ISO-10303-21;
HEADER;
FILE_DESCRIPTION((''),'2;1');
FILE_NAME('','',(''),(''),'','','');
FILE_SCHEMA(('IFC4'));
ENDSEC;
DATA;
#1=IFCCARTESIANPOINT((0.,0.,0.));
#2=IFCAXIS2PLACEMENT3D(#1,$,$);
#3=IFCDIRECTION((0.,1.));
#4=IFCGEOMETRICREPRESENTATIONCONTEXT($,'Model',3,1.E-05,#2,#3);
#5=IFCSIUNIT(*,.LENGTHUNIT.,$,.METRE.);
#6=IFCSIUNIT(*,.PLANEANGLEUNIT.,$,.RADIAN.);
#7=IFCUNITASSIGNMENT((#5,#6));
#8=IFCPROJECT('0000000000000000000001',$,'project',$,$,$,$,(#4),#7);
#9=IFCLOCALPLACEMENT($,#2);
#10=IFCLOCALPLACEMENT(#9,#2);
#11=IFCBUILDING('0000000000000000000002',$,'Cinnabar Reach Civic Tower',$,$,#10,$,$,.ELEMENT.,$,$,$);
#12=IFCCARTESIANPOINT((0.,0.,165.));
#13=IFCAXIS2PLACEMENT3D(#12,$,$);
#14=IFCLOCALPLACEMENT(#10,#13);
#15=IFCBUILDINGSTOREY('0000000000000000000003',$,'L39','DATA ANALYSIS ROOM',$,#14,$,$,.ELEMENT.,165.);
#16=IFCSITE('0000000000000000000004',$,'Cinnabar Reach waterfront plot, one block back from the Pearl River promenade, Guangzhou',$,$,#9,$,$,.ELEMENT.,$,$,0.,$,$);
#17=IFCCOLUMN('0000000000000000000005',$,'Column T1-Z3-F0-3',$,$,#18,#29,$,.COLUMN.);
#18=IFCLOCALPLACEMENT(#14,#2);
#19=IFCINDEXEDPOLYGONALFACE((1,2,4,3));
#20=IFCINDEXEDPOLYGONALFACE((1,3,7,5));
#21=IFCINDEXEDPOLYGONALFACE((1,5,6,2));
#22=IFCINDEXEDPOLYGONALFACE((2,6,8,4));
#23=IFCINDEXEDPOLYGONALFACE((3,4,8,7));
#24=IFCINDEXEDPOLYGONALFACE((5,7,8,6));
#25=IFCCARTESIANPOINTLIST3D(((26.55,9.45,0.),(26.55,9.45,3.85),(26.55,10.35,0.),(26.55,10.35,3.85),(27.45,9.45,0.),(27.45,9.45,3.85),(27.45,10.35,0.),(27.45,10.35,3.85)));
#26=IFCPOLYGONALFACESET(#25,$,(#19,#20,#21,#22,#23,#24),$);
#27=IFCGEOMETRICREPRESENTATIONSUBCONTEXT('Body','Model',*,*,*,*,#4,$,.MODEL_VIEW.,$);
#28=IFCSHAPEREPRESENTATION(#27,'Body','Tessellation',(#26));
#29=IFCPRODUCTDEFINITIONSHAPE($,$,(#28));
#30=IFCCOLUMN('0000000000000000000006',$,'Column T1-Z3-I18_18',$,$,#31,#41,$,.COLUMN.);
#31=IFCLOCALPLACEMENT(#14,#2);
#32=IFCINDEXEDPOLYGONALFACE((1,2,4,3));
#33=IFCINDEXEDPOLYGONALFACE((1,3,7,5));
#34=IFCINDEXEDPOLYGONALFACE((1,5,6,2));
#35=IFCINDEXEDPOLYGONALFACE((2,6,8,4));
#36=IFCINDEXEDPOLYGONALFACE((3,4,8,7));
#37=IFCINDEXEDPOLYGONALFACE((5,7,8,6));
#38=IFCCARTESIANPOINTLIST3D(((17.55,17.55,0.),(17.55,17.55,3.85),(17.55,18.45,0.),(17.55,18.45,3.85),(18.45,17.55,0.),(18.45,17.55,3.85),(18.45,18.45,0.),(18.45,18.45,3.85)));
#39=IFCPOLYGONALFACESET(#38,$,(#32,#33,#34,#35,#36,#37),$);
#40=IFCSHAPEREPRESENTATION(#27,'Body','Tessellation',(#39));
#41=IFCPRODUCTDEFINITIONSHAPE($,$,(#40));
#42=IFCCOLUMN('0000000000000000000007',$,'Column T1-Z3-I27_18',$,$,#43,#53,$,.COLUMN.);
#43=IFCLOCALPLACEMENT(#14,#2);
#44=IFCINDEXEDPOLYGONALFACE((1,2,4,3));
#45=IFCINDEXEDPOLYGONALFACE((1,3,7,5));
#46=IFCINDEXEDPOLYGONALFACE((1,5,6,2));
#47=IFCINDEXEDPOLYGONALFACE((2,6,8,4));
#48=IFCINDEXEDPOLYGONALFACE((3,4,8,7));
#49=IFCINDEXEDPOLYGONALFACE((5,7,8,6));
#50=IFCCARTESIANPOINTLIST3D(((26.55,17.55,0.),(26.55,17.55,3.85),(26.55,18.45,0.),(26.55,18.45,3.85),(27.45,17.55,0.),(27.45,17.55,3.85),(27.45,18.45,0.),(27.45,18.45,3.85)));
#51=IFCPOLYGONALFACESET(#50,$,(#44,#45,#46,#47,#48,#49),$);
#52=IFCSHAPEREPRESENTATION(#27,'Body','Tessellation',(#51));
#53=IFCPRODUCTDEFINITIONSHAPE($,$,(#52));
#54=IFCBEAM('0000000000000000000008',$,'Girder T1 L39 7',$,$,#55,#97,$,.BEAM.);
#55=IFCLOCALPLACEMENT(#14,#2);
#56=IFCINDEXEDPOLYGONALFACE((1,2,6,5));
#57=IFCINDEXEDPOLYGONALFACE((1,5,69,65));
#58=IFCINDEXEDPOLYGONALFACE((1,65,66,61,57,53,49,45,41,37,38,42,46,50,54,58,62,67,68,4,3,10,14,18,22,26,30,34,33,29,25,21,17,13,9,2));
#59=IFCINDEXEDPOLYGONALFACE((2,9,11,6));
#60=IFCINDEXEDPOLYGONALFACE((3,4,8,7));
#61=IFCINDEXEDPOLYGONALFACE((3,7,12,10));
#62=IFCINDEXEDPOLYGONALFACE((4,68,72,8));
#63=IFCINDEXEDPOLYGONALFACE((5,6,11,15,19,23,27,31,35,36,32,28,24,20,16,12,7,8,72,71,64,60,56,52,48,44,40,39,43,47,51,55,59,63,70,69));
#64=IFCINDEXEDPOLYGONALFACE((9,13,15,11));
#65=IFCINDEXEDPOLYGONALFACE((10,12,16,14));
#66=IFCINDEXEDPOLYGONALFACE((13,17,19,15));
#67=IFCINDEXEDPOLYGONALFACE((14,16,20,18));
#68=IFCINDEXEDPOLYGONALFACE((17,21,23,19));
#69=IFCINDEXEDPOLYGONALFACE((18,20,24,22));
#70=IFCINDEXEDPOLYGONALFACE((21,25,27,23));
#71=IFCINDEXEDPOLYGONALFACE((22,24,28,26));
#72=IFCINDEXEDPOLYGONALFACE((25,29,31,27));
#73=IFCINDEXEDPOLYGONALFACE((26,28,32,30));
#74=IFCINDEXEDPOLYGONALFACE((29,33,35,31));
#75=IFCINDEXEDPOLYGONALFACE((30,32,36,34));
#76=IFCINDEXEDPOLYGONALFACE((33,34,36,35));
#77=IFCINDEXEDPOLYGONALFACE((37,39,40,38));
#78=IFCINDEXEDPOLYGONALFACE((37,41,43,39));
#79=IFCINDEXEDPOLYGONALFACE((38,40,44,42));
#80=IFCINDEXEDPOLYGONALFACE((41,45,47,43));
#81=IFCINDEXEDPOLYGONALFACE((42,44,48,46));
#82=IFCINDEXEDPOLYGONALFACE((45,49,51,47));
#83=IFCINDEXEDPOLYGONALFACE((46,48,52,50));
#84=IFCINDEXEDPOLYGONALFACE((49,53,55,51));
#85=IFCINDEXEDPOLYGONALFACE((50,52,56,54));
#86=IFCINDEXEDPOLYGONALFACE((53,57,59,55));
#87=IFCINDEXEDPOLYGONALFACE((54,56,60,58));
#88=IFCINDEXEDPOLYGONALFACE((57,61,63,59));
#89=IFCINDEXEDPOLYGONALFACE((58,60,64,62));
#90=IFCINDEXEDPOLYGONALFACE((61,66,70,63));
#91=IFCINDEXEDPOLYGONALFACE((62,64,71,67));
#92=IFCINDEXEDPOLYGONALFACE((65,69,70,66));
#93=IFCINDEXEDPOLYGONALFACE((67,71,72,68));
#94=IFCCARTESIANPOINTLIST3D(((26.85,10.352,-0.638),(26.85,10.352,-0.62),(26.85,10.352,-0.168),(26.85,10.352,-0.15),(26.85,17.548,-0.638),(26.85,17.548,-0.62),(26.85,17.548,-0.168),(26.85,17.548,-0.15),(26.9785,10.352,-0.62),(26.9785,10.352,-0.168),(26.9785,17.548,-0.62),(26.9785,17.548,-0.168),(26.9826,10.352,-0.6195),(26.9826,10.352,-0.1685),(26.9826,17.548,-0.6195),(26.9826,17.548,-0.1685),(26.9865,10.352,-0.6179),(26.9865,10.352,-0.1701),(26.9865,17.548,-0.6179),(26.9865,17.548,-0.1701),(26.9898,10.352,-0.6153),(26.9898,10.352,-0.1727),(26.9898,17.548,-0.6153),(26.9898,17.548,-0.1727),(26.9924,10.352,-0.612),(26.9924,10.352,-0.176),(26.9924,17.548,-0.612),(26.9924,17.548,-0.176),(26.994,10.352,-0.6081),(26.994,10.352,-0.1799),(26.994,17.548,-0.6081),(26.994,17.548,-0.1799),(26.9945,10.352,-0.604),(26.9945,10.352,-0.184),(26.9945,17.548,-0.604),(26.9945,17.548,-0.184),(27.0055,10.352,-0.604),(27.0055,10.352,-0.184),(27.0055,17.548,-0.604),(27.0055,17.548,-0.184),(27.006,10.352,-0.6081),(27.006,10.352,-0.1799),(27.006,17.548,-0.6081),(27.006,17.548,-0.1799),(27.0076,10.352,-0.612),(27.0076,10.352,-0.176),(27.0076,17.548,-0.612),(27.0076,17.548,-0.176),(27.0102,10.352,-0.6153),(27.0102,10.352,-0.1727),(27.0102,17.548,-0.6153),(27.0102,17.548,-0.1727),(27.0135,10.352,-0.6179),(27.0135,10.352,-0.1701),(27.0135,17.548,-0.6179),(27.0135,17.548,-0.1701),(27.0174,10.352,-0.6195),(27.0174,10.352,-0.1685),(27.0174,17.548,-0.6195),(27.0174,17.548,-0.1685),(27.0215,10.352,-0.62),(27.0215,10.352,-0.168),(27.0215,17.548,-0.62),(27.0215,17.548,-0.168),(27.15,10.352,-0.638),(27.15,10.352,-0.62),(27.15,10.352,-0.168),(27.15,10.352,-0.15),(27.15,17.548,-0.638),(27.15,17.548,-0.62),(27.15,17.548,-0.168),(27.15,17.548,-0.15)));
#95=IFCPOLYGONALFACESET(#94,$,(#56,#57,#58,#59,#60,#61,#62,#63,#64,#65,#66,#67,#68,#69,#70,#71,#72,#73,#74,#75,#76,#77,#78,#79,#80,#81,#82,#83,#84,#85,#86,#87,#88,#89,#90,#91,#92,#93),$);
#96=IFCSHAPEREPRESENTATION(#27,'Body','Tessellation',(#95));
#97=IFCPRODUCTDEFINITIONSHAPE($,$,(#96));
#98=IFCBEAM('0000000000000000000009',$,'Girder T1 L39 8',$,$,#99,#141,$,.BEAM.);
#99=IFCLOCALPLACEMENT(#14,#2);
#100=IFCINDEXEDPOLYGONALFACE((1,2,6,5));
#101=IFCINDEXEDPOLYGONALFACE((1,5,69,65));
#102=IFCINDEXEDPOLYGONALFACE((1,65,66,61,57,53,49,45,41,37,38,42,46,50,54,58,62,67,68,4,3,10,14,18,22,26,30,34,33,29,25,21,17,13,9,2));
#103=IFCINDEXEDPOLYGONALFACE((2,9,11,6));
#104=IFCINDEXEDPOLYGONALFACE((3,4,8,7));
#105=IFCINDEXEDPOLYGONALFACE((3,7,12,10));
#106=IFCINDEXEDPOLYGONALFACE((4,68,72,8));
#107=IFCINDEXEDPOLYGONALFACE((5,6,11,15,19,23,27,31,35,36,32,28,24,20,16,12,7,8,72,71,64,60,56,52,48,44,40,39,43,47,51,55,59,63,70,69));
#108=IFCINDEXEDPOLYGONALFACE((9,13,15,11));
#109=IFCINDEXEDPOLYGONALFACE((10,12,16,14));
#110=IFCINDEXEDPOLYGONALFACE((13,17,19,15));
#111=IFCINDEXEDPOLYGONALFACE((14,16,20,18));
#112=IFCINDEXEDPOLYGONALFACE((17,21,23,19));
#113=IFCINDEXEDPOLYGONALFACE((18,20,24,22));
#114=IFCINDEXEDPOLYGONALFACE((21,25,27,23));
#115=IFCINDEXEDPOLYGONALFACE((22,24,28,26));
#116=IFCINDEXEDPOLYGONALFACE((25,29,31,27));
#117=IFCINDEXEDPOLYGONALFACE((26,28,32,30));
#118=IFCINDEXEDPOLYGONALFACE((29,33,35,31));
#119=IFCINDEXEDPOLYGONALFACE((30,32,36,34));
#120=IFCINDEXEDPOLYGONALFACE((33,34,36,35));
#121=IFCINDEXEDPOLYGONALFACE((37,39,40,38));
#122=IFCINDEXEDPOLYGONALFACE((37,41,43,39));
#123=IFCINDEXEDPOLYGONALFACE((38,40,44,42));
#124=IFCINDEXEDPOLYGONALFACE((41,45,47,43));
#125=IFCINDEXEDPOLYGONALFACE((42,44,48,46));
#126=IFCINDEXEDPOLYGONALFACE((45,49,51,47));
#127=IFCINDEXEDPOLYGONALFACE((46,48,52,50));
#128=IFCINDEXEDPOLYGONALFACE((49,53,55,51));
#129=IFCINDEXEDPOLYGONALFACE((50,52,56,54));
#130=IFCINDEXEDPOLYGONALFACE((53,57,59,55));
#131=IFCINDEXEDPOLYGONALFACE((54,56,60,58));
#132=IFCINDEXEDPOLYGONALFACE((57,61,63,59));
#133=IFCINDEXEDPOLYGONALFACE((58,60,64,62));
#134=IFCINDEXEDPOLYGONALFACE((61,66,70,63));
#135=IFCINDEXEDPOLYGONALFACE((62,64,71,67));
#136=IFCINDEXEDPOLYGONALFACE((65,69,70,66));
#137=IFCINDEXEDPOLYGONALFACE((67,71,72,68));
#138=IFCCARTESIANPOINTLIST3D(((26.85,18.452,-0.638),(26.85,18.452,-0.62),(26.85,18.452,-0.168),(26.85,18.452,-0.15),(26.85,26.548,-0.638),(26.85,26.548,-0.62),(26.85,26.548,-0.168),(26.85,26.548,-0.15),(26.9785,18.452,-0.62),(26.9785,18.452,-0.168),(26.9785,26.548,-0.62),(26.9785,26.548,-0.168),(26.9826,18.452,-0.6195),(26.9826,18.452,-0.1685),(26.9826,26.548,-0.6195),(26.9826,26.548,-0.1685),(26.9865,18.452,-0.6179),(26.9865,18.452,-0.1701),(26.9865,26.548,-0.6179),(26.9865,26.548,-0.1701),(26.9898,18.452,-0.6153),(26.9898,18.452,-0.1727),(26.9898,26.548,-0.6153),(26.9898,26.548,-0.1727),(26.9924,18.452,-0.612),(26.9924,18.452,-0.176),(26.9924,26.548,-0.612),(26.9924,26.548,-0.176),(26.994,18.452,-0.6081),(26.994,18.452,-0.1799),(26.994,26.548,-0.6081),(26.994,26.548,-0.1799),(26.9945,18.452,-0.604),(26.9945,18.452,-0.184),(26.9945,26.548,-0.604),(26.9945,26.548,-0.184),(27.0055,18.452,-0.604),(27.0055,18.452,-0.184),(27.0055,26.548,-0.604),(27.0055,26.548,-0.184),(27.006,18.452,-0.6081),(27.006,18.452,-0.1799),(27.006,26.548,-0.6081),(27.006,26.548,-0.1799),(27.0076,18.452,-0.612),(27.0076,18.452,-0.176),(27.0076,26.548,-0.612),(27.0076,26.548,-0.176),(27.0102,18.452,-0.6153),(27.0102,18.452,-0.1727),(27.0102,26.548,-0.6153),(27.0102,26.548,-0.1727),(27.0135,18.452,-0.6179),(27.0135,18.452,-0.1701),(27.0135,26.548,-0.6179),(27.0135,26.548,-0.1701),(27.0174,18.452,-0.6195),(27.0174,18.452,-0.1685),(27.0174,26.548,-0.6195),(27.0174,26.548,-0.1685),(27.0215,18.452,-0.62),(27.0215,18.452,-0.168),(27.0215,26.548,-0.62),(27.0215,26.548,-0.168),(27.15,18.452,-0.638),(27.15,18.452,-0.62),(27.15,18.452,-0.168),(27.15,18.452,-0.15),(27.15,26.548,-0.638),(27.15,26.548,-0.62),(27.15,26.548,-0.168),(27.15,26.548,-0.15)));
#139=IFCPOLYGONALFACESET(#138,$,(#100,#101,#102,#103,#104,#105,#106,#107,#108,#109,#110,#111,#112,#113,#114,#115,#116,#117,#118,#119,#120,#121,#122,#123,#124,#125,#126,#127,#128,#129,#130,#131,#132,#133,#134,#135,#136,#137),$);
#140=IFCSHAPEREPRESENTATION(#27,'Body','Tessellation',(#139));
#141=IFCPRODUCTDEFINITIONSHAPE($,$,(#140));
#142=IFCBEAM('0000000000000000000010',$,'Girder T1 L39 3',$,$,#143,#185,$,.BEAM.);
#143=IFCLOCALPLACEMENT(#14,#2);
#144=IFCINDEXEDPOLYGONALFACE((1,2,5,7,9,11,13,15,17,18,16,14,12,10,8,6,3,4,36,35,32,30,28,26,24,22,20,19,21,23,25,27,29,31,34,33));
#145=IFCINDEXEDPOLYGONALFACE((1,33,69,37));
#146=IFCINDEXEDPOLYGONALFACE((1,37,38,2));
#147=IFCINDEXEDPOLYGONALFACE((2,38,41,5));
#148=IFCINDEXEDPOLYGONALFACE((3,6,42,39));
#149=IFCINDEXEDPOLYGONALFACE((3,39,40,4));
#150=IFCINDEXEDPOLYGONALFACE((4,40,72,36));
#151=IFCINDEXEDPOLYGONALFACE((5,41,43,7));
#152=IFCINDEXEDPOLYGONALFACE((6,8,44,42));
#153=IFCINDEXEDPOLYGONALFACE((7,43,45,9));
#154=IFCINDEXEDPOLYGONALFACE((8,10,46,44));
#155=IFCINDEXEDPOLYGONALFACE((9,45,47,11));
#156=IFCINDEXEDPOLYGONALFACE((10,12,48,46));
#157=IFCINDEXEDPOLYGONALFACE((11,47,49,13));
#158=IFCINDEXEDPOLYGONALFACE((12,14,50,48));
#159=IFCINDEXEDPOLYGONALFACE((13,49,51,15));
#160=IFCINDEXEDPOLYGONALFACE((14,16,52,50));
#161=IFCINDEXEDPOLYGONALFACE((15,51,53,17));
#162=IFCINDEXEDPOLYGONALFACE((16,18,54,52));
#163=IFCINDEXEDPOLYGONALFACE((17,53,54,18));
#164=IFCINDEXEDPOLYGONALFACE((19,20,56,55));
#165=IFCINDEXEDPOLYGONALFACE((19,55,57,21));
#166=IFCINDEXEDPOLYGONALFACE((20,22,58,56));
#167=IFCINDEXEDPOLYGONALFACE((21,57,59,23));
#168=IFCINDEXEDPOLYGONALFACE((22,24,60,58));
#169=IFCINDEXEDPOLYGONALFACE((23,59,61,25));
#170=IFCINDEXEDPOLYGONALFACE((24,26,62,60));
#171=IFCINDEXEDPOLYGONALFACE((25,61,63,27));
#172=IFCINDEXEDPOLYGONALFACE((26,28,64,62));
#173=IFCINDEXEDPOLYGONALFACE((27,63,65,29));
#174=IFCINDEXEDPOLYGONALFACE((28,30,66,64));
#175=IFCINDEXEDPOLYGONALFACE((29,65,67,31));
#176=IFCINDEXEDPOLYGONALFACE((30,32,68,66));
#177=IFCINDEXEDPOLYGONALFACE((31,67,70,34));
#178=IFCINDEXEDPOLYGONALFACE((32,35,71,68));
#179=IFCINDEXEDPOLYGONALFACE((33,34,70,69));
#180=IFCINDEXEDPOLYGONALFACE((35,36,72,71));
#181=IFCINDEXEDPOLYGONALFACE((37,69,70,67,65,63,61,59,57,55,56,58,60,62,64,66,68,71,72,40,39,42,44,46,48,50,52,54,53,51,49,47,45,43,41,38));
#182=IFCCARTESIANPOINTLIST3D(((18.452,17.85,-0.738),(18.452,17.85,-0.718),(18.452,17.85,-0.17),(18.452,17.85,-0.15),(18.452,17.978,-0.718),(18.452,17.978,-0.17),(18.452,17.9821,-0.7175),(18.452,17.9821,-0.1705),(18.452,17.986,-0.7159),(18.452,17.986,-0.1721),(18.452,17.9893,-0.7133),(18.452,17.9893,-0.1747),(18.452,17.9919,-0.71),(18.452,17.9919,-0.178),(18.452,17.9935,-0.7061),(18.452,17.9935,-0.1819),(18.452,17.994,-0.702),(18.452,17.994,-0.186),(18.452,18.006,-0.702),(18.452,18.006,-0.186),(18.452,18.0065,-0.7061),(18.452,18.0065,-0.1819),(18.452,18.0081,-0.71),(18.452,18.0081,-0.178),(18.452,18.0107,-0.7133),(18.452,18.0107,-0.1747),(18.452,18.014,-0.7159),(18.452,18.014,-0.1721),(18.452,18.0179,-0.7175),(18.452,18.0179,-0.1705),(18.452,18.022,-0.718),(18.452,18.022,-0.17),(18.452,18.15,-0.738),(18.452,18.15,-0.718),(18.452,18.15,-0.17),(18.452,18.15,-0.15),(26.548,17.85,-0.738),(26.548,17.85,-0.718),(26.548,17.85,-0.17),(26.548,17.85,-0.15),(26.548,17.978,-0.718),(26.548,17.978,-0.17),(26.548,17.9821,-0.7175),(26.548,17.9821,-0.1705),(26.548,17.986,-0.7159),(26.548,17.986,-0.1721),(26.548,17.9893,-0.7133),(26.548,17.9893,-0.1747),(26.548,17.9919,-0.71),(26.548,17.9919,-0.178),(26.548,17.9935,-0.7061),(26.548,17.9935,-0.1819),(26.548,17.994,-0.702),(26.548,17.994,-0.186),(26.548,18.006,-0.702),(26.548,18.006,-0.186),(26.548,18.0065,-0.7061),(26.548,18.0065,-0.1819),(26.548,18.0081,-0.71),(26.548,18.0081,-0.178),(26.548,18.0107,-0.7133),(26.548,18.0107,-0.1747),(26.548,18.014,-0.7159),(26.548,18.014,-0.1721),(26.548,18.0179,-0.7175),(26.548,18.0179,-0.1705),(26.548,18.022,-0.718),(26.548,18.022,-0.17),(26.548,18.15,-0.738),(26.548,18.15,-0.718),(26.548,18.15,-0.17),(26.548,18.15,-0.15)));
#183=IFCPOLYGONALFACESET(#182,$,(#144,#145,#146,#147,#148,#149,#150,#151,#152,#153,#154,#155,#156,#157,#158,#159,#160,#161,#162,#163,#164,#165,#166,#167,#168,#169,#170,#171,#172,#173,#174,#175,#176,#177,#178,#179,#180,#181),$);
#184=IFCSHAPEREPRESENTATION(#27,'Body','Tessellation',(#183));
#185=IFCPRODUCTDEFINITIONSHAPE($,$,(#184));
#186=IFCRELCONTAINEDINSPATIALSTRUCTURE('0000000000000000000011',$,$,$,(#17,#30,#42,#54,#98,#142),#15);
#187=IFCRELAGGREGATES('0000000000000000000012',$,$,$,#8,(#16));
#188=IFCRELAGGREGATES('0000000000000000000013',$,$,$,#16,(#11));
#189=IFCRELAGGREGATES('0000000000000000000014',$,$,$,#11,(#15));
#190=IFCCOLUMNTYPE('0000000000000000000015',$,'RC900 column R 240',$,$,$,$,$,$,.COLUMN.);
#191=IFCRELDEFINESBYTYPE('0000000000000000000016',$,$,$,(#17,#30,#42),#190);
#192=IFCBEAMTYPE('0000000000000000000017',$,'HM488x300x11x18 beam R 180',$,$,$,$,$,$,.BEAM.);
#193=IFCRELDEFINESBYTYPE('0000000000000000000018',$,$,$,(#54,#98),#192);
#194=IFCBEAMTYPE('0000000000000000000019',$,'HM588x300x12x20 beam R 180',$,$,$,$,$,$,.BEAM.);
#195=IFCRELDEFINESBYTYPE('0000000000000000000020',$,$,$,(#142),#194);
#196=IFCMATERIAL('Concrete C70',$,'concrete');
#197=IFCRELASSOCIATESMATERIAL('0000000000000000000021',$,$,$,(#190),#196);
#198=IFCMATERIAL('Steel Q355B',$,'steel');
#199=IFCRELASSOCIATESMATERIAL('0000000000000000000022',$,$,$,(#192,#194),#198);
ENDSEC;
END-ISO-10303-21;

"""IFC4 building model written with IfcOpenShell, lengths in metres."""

from ifc_helpers import new_model, si_unit, direction, frame, origin, origin_2d, place, context, subcontext, project, spatial, rectangle, i_section, extrude, material, material_profile, profile_set, type_object, element, save


model = new_model("IFC4")

# Units and contexts
model_context = context("Model", 3, precision=1e-05, world=origin(), true_north=direction((0.0, 1.0)))
body_context = subcontext(model_context, "Body", "Model", "MODEL_VIEW")
ifc_project = project(units=[si_unit("LENGTHUNIT", "METRE"), si_unit("PLANEANGLEUNIT", "RADIAN")], contexts=[model_context])

# Site, building, storey
site_placement = place(None, origin())
site = spatial("IfcSite", under=ifc_project, at=site_placement, Name="Cinnabar Reach waterfront plot, one block back from the Pearl River promenade, Guangzhou", CompositionType="ELEMENT", RefElevation=0.0)
building_placement = place(site_placement, origin())
building = spatial("IfcBuilding", under=site, at=building_placement, Name="Cinnabar Reach Civic Tower", CompositionType="ELEMENT")
storey_placement = place(building_placement, frame((0.0, 0.0, 165.0)))
storey = spatial("IfcBuildingStorey", under=building, at=storey_placement, Name="L39", Description="DATA ANALYSIS ROOM", CompositionType="ELEMENT", Elevation=165.0)

# Columns
ifc_material_1 = material(Name="Concrete C70", Category="concrete")
ifc_material_profile_1 = material_profile(ifc_material_1, rectangle(XDim=0.9, YDim=0.9, at=origin_2d()), Name="RC900")
ifc_profile_set_1 = profile_set([ifc_material_profile_1], Name="Concrete C70")
column_type = type_object("IfcColumnType", Name="RC900 column R 240", PredefinedType="COLUMN", material=ifc_profile_set_1)
for number, where, z_axis, x_axis, name in (
    (1, (27.0, 9.9, 0.0), (0.0, 0.0, 1.0), (1.0, 0.0, 0.0), "Column T1-Z3-F0-3"),
    (2, (18.0, 18.0, 0.0), (0.0, 0.0, 1.0), (1.0, 0.0, 0.0), "Column T1-Z3-I18_18"),
    (3, (27.0, 18.0, 0.0), (0.0, 0.0, 1.0), (1.0, 0.0, 0.0), "Column T1-Z3-I27_18"),
):
    element("IfcColumn", number, at=place(storey_placement, frame(where, z_axis=z_axis, x_axis=x_axis)), inside=storey, type_object=column_type, Name=name, PredefinedType="COLUMN", context=body_context, shape_type="SweptSolid", body=[
        extrude(rectangle(XDim=0.9, YDim=0.9, at=origin_2d()), origin(), (0.0, 0.0, 1.0), 3.85),
    ])

# Beams
ifc_material_2 = material(Name="Steel Q355B", Category="steel")
ifc_material_profile_2 = material_profile(ifc_material_2, i_section(OverallWidth=0.3, OverallDepth=0.488, WebThickness=0.011, FlangeThickness=0.018, FilletRadius=0.016, at=origin_2d()), Name="HM488x300x11x18")
ifc_profile_set_2 = profile_set([ifc_material_profile_2], Name="Steel Q355B")
beam_type_1 = type_object("IfcBeamType", Name="HM488x300x11x18 beam R 180", PredefinedType="BEAM", material=ifc_profile_set_2)
beam_1_placement = place(storey_placement, frame((27.0, 10.352, -0.394), z_axis=(0.0, 1.0, 0.0), x_axis=(-1.0, 0.0, 0.0)))
element("IfcBeam", 4, at=beam_1_placement, inside=storey, type_object=beam_type_1, Name="Girder T1 L39 7", PredefinedType="BEAM", context=body_context, shape_type="SweptSolid", body=[
    extrude(i_section(OverallWidth=0.3, OverallDepth=0.488, WebThickness=0.011, FlangeThickness=0.018, FilletRadius=0.016, at=origin_2d()), origin(), (0.0, 0.0, 1.0), 7.196),
])
beam_2_placement = place(storey_placement, frame((27.0, 18.452, -0.394), z_axis=(0.0, 1.0, 0.0), x_axis=(-1.0, 0.0, 0.0)))
element("IfcBeam", 5, at=beam_2_placement, inside=storey, type_object=beam_type_1, Name="Girder T1 L39 8", PredefinedType="BEAM", context=body_context, shape_type="SweptSolid", body=[
    extrude(i_section(OverallWidth=0.3, OverallDepth=0.488, WebThickness=0.011, FlangeThickness=0.018, FilletRadius=0.016, at=origin_2d()), origin(), (0.0, 0.0, 1.0), 8.096),
])
ifc_material_profile_3 = material_profile(ifc_material_2, i_section(OverallWidth=0.3, OverallDepth=0.588, WebThickness=0.012, FlangeThickness=0.02, FilletRadius=0.016, at=origin_2d()), Name="HM588x300x12x20")
ifc_profile_set_3 = profile_set([ifc_material_profile_3], Name="Steel Q355B")
beam_type_2 = type_object("IfcBeamType", Name="HM588x300x12x20 beam R 180", PredefinedType="BEAM", material=ifc_profile_set_3)
for number, where, z_axis, x_axis, name in (
    (6, (18.452, 18.0, -0.444), (1.0, 0.0, 0.0), (0.0, 1.0, 0.0), "Girder T1 L39 3"),
):
    element("IfcBeam", number, at=place(storey_placement, frame(where, z_axis=z_axis, x_axis=x_axis)), inside=storey, type_object=beam_type_2, Name=name, PredefinedType="BEAM", context=body_context, shape_type="SweptSolid", body=[
        extrude(i_section(OverallWidth=0.3, OverallDepth=0.588, WebThickness=0.012, FlangeThickness=0.02, FilletRadius=0.016, at=origin_2d()), origin(), (0.0, 0.0, 1.0), 8.096),
    ])

save(model, "model.ifc")
